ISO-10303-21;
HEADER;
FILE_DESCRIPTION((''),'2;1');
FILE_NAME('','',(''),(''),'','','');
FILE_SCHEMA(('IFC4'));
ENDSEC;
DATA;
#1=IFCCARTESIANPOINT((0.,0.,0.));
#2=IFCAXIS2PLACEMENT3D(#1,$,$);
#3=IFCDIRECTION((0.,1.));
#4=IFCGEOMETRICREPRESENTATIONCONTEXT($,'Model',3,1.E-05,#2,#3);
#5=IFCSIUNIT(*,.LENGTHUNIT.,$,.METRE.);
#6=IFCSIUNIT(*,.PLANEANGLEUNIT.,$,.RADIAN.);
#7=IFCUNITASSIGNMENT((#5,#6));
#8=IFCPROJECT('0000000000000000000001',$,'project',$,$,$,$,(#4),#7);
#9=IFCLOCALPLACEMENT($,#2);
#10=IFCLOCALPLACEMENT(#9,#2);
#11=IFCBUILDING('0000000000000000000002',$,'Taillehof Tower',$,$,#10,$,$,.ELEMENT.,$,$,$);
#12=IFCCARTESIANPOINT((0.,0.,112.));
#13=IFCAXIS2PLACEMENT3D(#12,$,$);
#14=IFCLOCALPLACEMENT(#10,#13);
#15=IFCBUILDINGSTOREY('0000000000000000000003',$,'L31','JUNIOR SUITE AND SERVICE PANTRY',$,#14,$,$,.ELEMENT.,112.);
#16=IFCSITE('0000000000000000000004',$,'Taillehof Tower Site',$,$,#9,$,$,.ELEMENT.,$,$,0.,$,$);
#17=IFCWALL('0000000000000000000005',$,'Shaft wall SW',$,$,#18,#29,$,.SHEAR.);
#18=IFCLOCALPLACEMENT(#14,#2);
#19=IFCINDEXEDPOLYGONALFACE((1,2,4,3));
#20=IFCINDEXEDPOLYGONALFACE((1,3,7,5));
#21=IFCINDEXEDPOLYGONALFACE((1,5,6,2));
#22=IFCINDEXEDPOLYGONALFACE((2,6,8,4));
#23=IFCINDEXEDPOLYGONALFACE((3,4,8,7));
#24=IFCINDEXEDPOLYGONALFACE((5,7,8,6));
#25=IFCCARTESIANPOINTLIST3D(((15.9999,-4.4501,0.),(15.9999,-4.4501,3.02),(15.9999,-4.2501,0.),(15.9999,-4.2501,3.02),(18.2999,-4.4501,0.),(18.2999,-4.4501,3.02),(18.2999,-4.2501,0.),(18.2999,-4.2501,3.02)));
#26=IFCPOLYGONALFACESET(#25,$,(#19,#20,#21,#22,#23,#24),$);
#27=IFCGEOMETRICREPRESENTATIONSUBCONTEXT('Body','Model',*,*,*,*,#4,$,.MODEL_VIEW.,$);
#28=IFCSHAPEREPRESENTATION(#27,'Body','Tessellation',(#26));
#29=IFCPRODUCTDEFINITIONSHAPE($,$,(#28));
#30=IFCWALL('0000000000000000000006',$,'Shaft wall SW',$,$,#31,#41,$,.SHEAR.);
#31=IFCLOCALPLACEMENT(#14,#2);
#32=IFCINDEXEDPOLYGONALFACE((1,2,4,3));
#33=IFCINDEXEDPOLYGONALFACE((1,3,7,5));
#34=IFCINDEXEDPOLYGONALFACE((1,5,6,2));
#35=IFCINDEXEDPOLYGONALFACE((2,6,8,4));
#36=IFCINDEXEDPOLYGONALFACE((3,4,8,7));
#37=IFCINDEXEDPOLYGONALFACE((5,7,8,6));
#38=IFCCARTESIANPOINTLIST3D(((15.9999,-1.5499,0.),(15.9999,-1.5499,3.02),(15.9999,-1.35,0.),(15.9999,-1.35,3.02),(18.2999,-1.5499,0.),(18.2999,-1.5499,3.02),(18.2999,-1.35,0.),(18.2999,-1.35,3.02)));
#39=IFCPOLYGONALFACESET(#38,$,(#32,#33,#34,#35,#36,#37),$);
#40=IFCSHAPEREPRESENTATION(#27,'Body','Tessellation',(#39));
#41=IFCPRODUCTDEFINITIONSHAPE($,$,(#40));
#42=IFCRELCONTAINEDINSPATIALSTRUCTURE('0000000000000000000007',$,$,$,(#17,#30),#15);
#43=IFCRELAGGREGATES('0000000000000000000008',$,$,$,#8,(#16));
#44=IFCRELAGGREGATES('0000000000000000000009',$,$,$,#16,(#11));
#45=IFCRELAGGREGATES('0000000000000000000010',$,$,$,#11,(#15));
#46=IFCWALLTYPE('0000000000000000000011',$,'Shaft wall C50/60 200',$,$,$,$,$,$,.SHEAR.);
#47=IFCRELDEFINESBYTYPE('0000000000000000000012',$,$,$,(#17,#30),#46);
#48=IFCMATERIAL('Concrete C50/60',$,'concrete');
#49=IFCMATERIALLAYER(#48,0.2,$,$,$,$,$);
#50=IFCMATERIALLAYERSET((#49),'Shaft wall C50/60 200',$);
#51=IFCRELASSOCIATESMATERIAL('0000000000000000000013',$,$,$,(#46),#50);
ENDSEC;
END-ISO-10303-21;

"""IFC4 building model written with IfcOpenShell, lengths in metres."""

from ifc_helpers import new_model, si_unit, direction, frame, frame_2d, origin, place, context, subcontext, project, spatial, rectangle, extrude, material, layer, layer_set, type_object, element, save


model = new_model("IFC4")

# Units and contexts
model_context = context("Model", 3, precision=1e-05, world=origin(), true_north=direction((0.0, 1.0)))
body_context = subcontext(model_context, "Body", "Model", "MODEL_VIEW")
ifc_project = project(units=[si_unit("LENGTHUNIT", "METRE"), si_unit("PLANEANGLEUNIT", "RADIAN")], contexts=[model_context])

# Site, building, storey
site_placement = place(None, origin())
site = spatial("IfcSite", under=ifc_project, at=site_placement, Name="Taillehof Tower Site", CompositionType="ELEMENT", RefElevation=0.0)
building_placement = place(site_placement, origin())
building = spatial("IfcBuilding", under=site, at=building_placement, Name="Taillehof Tower", CompositionType="ELEMENT")
storey_placement = place(building_placement, frame((0.0, 0.0, 112.0)))
storey = spatial("IfcBuildingStorey", under=building, at=storey_placement, Name="L31", Description="JUNIOR SUITE AND SERVICE PANTRY", CompositionType="ELEMENT", Elevation=112.0)

# Walls
ifc_material_1 = material(Name="Concrete C50/60", Category="concrete")
ifc_layer_1 = layer(ifc_material_1, 0.2)
ifc_layer_set_1 = layer_set([ifc_layer_1], Name="Shaft wall C50/60 200")
wall_type_1 = type_object("IfcWallType", Name="Shaft wall C50/60 200", PredefinedType="SHEAR", material=ifc_layer_set_1)
for number, where, z_axis, x_axis, name in (
    (1, (16.0, -4.3501, 0.0), (0.0, 0.0, 1.0), (1.0, 0.0, 0.0), "Shaft wall SW"),
    (2, (16.0, -1.45, 0.0), (0.0, 0.0, 1.0), (1.0, 0.0, 0.0), "Shaft wall SW"),
):
    element("IfcWall", number, at=place(storey_placement, frame(where, z_axis=z_axis, x_axis=x_axis)), inside=storey, type_object=wall_type_1, Name=name, PredefinedType="SHEAR", context=body_context, shape_type="SweptSolid", body=[
        extrude(rectangle(XDim=2.3, YDim=0.2, at=frame_2d((1.1499, 0.0))), origin(), (0.0, 0.0, 1.0), 3.02),
    ])

save(model, "model.ifc")
